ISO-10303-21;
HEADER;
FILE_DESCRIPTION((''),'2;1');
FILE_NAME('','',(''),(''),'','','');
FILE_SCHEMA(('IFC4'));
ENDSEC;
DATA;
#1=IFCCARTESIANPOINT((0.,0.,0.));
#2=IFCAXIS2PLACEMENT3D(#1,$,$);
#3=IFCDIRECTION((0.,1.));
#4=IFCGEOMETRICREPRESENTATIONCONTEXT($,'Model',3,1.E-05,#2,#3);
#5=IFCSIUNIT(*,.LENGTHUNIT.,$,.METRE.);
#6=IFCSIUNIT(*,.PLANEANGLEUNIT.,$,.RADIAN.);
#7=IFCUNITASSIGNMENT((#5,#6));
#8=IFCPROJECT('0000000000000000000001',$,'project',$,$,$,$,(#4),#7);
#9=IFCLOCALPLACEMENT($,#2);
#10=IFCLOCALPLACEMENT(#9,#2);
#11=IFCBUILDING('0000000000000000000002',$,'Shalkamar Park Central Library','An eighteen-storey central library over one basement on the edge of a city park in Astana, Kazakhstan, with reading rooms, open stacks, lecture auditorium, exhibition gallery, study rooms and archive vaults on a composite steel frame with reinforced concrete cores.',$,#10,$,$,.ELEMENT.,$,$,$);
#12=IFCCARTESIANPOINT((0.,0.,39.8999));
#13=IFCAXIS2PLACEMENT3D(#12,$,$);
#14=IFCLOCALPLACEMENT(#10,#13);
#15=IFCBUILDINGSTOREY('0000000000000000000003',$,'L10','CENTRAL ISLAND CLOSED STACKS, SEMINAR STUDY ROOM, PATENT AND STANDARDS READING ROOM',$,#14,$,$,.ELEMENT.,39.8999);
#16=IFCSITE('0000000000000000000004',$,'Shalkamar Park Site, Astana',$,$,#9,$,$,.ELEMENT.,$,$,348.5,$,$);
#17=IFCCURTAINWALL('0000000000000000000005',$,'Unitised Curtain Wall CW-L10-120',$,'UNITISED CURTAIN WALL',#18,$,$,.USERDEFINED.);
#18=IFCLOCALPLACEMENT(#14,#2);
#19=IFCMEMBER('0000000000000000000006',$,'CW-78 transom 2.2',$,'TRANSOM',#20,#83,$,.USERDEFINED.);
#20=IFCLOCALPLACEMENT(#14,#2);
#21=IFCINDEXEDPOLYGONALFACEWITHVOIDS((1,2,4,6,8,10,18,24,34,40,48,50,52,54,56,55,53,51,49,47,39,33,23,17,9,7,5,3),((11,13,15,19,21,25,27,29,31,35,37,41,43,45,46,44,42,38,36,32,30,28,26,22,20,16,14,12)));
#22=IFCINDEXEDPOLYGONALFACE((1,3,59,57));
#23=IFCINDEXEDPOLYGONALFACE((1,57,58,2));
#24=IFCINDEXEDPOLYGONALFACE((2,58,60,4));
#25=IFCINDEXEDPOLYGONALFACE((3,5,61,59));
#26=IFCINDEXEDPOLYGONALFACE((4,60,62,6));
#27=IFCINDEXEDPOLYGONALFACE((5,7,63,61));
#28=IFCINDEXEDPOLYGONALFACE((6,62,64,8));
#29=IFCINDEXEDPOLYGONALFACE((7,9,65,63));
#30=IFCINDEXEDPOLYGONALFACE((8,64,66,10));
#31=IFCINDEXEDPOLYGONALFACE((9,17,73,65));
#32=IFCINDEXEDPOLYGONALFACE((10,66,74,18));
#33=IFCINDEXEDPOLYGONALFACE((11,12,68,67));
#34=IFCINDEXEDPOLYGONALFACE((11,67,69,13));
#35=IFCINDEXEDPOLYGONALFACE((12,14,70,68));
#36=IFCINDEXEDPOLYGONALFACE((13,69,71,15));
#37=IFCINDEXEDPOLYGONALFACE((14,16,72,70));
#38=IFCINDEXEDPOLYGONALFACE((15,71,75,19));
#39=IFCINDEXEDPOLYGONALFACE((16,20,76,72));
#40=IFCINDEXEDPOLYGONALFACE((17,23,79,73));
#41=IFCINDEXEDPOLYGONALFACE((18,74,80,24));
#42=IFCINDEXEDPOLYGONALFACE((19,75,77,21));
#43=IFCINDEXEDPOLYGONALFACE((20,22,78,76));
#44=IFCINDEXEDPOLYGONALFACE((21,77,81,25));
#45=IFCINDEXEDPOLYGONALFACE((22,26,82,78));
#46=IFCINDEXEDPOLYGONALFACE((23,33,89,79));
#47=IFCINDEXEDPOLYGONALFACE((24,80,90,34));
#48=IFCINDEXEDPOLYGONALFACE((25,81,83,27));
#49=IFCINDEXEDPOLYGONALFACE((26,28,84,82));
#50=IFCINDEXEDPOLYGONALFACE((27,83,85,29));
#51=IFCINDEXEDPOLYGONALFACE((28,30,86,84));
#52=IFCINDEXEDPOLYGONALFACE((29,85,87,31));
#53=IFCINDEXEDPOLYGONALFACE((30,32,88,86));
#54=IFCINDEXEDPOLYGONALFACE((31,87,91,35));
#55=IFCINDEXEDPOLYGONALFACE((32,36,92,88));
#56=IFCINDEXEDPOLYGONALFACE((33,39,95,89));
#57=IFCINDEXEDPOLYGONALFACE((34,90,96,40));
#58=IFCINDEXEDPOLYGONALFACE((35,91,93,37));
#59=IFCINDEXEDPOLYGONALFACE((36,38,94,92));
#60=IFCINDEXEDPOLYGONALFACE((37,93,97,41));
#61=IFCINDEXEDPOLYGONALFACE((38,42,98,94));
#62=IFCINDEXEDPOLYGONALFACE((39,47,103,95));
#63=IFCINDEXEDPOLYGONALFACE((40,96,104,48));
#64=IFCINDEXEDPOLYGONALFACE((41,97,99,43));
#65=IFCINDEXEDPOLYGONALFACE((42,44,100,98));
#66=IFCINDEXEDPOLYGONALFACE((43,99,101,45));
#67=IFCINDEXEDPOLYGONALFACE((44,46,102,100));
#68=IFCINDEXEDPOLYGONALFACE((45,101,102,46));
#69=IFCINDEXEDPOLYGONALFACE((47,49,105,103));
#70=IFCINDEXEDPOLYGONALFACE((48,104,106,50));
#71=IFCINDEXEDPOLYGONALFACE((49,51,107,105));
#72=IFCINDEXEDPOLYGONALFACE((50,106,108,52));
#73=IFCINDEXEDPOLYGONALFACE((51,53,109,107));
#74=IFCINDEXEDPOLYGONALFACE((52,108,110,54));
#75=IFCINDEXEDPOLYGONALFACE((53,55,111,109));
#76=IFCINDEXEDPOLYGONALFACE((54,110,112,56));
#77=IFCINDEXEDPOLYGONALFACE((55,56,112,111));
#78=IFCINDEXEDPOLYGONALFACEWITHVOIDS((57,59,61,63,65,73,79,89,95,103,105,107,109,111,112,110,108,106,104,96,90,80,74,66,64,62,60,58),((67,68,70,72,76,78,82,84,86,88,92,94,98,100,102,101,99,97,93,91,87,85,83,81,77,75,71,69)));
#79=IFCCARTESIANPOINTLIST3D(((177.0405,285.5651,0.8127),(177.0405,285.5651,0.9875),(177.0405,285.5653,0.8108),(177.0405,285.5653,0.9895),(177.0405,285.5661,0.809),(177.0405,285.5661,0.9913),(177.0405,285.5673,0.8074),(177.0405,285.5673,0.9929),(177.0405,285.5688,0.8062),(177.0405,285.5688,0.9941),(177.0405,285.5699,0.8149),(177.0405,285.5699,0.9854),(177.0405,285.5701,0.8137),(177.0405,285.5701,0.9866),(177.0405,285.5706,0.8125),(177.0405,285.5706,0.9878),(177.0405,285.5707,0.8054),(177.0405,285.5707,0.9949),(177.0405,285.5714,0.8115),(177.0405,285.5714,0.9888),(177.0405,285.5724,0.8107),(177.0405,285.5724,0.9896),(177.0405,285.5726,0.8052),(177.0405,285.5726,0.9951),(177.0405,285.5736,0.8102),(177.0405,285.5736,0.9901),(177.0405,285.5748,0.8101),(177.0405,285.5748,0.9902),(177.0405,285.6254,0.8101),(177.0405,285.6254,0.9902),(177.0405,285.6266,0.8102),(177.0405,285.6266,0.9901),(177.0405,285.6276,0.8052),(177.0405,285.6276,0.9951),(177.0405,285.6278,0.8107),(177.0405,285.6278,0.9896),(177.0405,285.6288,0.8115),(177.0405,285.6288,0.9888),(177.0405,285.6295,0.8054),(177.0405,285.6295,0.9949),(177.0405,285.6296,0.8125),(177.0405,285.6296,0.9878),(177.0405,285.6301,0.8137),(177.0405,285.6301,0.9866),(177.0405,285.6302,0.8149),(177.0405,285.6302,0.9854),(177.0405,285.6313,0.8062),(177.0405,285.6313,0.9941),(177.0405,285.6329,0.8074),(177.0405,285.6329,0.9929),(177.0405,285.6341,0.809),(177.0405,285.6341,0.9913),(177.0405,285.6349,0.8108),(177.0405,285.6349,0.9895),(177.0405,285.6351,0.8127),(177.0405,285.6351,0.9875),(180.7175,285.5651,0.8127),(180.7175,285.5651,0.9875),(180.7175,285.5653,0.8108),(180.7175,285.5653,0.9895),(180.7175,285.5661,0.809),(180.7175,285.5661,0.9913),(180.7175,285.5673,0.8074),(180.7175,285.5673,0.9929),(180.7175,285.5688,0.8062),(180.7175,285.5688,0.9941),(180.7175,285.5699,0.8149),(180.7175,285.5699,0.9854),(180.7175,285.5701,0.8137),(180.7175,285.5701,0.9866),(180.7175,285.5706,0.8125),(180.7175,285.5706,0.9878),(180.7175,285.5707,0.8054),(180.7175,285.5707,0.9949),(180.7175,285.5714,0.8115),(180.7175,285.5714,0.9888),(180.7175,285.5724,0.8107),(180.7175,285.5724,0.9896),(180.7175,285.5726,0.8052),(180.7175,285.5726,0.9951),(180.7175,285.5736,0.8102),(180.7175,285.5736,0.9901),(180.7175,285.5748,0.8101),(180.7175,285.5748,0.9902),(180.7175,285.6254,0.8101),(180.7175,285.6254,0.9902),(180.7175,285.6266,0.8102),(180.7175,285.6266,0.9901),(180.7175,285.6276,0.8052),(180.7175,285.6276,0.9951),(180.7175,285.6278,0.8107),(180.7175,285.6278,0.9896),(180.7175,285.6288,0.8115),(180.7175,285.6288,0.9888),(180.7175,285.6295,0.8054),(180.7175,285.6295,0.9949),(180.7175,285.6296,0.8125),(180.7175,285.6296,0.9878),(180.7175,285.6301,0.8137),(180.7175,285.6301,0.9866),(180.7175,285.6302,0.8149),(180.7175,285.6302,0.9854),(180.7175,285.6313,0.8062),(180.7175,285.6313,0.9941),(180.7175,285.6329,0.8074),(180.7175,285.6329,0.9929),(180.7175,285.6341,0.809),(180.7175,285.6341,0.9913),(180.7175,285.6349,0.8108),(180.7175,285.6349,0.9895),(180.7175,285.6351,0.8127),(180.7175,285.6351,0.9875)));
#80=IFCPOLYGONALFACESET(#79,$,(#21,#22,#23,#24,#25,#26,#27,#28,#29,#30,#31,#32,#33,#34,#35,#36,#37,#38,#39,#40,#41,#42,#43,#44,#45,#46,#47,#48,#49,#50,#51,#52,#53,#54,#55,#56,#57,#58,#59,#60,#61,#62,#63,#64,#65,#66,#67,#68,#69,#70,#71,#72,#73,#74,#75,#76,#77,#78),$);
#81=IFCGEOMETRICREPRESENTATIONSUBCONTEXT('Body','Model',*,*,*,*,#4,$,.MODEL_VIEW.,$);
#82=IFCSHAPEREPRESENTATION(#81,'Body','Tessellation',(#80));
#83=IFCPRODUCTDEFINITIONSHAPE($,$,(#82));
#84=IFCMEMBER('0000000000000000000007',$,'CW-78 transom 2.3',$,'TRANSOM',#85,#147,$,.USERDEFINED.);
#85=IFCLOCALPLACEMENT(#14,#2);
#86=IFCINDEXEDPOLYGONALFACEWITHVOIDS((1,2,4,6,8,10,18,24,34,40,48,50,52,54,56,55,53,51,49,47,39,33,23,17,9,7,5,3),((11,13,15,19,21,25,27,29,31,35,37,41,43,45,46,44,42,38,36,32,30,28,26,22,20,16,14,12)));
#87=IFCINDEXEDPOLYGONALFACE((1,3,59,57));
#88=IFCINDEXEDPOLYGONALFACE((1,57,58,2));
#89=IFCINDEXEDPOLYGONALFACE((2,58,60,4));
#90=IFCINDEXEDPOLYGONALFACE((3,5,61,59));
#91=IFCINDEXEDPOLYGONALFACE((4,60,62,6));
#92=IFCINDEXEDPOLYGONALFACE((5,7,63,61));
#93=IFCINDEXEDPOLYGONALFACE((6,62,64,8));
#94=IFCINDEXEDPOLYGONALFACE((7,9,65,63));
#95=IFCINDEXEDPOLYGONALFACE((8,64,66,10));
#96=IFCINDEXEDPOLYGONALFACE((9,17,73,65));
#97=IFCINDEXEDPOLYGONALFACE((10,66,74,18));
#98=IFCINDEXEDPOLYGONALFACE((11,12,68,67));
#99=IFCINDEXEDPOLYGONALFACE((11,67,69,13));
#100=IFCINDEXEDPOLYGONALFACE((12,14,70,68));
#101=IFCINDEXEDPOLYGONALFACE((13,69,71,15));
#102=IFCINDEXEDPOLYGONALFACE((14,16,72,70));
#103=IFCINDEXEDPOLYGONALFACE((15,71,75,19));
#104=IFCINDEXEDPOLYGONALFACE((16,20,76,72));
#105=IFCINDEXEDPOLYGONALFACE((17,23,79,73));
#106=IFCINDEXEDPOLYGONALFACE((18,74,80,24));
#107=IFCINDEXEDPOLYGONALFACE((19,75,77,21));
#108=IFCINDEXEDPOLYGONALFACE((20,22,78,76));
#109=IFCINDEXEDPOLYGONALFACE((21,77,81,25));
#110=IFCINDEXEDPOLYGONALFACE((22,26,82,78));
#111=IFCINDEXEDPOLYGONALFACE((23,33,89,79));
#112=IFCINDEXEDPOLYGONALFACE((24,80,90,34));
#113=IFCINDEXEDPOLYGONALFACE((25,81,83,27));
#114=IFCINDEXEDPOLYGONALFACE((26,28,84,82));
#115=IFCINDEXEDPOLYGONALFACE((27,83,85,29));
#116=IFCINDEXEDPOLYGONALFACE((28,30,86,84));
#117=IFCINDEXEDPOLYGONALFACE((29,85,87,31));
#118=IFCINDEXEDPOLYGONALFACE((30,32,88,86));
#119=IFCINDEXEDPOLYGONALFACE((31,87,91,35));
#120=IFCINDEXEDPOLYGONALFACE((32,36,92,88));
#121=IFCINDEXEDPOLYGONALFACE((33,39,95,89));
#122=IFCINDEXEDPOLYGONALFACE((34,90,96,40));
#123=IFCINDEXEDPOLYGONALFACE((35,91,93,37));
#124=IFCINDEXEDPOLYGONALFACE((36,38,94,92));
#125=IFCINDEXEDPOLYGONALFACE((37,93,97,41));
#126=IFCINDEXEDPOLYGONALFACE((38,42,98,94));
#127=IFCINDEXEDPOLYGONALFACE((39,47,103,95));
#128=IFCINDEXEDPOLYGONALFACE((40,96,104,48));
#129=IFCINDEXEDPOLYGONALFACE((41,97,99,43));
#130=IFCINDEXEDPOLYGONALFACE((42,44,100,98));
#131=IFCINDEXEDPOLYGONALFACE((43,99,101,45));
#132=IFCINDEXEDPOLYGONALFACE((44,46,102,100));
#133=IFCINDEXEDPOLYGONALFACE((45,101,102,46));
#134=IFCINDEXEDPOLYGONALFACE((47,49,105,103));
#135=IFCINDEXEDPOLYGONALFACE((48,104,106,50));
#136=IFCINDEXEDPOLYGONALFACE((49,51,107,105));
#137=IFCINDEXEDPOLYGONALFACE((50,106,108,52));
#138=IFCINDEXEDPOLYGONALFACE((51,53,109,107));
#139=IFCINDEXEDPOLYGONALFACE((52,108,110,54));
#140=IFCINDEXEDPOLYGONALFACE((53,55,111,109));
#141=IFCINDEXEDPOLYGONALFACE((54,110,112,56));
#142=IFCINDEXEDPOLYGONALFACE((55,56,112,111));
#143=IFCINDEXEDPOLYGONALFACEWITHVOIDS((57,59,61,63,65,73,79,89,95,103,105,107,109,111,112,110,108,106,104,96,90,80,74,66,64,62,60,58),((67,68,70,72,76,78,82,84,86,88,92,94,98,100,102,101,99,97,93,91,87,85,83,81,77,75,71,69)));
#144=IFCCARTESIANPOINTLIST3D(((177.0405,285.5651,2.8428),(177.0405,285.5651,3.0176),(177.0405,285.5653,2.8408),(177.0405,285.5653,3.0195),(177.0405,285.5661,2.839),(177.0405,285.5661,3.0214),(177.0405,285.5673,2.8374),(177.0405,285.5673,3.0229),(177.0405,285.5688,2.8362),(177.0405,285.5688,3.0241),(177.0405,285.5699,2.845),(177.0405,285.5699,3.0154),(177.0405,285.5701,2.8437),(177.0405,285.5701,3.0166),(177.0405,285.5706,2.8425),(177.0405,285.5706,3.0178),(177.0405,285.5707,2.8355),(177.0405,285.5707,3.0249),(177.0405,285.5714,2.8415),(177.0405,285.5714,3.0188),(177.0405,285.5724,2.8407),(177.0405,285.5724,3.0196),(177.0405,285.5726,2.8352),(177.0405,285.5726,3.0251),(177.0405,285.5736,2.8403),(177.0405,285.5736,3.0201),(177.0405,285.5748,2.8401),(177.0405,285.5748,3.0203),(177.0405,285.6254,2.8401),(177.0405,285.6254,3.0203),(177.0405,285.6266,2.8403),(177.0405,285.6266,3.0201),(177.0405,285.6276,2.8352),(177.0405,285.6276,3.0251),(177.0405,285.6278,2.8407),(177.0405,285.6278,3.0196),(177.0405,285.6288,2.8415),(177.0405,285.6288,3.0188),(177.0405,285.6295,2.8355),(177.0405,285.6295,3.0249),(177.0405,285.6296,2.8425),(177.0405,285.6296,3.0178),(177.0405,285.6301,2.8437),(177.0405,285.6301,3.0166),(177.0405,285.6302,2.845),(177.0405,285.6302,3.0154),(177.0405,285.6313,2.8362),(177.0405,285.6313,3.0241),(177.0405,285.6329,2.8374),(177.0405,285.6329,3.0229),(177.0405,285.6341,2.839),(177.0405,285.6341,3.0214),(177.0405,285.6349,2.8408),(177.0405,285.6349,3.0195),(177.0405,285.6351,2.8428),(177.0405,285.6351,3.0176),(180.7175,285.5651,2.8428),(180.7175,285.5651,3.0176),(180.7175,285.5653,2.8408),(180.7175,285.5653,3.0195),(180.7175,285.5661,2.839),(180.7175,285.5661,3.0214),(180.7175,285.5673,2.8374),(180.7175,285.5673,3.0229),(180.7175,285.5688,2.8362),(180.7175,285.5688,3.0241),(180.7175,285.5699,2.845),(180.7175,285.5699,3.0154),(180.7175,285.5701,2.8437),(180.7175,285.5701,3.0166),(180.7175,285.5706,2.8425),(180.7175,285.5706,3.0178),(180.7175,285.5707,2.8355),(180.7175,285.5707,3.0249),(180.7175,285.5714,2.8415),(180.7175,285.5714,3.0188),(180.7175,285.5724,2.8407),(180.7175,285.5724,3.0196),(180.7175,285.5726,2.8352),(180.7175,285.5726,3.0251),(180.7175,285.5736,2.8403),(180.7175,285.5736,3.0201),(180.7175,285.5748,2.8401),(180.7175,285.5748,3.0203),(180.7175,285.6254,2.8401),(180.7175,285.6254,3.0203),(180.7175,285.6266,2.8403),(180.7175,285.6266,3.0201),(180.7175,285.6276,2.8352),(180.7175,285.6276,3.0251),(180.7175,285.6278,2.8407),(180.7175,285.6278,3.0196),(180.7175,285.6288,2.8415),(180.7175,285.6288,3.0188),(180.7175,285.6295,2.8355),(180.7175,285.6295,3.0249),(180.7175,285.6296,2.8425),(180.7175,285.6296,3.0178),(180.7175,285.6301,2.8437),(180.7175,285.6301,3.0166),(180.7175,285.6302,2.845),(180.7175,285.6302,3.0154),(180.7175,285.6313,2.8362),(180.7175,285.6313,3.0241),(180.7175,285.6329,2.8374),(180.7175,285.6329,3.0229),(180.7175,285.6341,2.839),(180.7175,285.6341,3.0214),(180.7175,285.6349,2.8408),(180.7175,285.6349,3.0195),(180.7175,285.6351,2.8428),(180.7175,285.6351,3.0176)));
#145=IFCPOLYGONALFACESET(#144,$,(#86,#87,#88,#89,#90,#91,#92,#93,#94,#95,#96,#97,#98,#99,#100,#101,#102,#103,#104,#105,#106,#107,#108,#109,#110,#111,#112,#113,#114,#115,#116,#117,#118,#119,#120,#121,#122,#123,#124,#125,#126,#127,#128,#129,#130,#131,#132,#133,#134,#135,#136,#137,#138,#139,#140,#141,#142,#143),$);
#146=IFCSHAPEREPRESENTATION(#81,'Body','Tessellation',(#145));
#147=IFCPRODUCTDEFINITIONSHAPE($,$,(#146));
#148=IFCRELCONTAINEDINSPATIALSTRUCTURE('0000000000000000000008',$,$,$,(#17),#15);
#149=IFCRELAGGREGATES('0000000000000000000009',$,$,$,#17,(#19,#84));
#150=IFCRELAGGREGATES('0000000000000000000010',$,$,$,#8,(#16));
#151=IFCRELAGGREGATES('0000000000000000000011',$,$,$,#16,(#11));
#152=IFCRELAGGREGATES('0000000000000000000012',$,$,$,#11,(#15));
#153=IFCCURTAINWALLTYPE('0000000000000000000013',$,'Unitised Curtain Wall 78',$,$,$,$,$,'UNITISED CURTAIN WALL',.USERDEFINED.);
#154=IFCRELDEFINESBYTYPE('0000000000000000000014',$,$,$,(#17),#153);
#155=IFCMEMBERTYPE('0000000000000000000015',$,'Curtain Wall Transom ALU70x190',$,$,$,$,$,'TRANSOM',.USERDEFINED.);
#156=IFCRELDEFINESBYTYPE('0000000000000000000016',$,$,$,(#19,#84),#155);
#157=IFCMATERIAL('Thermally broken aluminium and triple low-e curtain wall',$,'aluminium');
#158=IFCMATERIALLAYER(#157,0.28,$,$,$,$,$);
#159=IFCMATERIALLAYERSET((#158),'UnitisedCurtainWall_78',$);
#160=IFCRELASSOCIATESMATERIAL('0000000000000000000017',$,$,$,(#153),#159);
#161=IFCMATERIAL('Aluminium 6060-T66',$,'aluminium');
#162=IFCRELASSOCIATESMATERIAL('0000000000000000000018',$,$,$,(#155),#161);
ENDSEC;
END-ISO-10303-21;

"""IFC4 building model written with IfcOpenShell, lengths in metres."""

from ifc_helpers import new_model, si_unit, direction, frame, origin, origin_2d, place, context, subcontext, project, spatial, hollow_rectangle, extrude, material, layer, layer_set, material_profile, profile_set, type_object, element, aggregate, save


model = new_model("IFC4")

# Units and contexts
model_context = context("Model", 3, precision=1e-05, world=origin(), true_north=direction((0.0, 1.0)))
body_context = subcontext(model_context, "Body", "Model", "MODEL_VIEW")
ifc_project = project(units=[si_unit("LENGTHUNIT", "METRE"), si_unit("PLANEANGLEUNIT", "RADIAN")], contexts=[model_context])

# Site, building, storey
site_placement = place(None, origin())
site = spatial("IfcSite", under=ifc_project, at=site_placement, Name="Shalkamar Park Site, Astana", CompositionType="ELEMENT", RefElevation=348.5)
building_placement = place(site_placement, origin())
building = spatial("IfcBuilding", under=site, at=building_placement, Name="Shalkamar Park Central Library", Description="An eighteen-storey central library over one basement on the edge of a city park in Astana, Kazakhstan, with reading rooms, open stacks, lecture auditorium, exhibition gallery, study rooms and archive vaults on a composite steel frame with reinforced concrete cores.", CompositionType="ELEMENT")
storey_placement = place(building_placement, frame((0.0, 0.0, 39.8999)))
storey = spatial("IfcBuildingStorey", under=building, at=storey_placement, Name="L10", Description="CENTRAL ISLAND CLOSED STACKS, SEMINAR STUDY ROOM, PATENT AND STANDARDS READING ROOM", CompositionType="ELEMENT", Elevation=39.8999)

# Shared definitions
ifc_material_1 = material(Name="Thermally broken aluminium and triple low-e curtain wall", Category="aluminium")
ifc_material_2 = material(Name="Aluminium 6060-T66", Category="aluminium")

# Curtain wall, members
ifc_layer_1 = layer(ifc_material_1, 0.28)
ifc_layer_set_1 = layer_set([ifc_layer_1], Name="UnitisedCurtainWall_78")
curtain_wall_type_1 = type_object("IfcCurtainWallType", Name="Unitised Curtain Wall 78", ElementType="UNITISED CURTAIN WALL", PredefinedType="USERDEFINED", material=ifc_layer_set_1)
curtain_wall_1_placement = place(storey_placement, origin())
curtain_wall_1 = element("IfcCurtainWall", 1, at=curtain_wall_1_placement, inside=storey, type_object=curtain_wall_type_1, Name="Unitised Curtain Wall CW-L10-120", ObjectType="UNITISED CURTAIN WALL", PredefinedType="USERDEFINED")
ifc_material_profile_1 = material_profile(ifc_material_2, hollow_rectangle(XDim=0.0701, YDim=0.1899, WallThickness=0.0049, InnerFilletRadius=0.0049, OuterFilletRadius=0.0076, at=origin_2d()), Name="ALU 70x190x5")
ifc_profile_set_1 = profile_set([ifc_material_profile_1], Name="Aluminium 6060-T66")
member_type_1 = type_object("IfcMemberType", Name="Curtain Wall Transom ALU70x190", ElementType="TRANSOM", PredefinedType="USERDEFINED", material=ifc_profile_set_1)
member_1_placement = place(storey_placement, frame((177.0405, 285.6001, 0.9001), z_axis=(1.0, 0.0, 0.0), x_axis=(0.0, 1.0, 0.0)))
member_1 = element("IfcMember", 2, at=member_1_placement, type_object=member_type_1, Name="CW-78 transom 2.2", ObjectType="TRANSOM", PredefinedType="USERDEFINED", context=body_context, shape_type="SweptSolid", body=[
    extrude(hollow_rectangle(XDim=0.0701, YDim=0.1899, WallThickness=0.0049, InnerFilletRadius=0.0049, OuterFilletRadius=0.0076, at=origin_2d()), origin(), (0.0, 0.0, 1.0), 3.677),
])
member_2_placement = place(storey_placement, frame((177.0405, 285.6001, 2.9302), z_axis=(1.0, 0.0, 0.0), x_axis=(0.0, 1.0, 0.0)))
member_2 = element("IfcMember", 3, at=member_2_placement, type_object=member_type_1, Name="CW-78 transom 2.3", ObjectType="TRANSOM", PredefinedType="USERDEFINED", context=body_context, shape_type="SweptSolid", body=[
    extrude(hollow_rectangle(XDim=0.0701, YDim=0.1899, WallThickness=0.0049, InnerFilletRadius=0.0049, OuterFilletRadius=0.0076, at=origin_2d()), origin(), (0.0, 0.0, 1.0), 3.677),
])

aggregate(curtain_wall_1, [member_1, member_2])

save(model, "model.ifc")
